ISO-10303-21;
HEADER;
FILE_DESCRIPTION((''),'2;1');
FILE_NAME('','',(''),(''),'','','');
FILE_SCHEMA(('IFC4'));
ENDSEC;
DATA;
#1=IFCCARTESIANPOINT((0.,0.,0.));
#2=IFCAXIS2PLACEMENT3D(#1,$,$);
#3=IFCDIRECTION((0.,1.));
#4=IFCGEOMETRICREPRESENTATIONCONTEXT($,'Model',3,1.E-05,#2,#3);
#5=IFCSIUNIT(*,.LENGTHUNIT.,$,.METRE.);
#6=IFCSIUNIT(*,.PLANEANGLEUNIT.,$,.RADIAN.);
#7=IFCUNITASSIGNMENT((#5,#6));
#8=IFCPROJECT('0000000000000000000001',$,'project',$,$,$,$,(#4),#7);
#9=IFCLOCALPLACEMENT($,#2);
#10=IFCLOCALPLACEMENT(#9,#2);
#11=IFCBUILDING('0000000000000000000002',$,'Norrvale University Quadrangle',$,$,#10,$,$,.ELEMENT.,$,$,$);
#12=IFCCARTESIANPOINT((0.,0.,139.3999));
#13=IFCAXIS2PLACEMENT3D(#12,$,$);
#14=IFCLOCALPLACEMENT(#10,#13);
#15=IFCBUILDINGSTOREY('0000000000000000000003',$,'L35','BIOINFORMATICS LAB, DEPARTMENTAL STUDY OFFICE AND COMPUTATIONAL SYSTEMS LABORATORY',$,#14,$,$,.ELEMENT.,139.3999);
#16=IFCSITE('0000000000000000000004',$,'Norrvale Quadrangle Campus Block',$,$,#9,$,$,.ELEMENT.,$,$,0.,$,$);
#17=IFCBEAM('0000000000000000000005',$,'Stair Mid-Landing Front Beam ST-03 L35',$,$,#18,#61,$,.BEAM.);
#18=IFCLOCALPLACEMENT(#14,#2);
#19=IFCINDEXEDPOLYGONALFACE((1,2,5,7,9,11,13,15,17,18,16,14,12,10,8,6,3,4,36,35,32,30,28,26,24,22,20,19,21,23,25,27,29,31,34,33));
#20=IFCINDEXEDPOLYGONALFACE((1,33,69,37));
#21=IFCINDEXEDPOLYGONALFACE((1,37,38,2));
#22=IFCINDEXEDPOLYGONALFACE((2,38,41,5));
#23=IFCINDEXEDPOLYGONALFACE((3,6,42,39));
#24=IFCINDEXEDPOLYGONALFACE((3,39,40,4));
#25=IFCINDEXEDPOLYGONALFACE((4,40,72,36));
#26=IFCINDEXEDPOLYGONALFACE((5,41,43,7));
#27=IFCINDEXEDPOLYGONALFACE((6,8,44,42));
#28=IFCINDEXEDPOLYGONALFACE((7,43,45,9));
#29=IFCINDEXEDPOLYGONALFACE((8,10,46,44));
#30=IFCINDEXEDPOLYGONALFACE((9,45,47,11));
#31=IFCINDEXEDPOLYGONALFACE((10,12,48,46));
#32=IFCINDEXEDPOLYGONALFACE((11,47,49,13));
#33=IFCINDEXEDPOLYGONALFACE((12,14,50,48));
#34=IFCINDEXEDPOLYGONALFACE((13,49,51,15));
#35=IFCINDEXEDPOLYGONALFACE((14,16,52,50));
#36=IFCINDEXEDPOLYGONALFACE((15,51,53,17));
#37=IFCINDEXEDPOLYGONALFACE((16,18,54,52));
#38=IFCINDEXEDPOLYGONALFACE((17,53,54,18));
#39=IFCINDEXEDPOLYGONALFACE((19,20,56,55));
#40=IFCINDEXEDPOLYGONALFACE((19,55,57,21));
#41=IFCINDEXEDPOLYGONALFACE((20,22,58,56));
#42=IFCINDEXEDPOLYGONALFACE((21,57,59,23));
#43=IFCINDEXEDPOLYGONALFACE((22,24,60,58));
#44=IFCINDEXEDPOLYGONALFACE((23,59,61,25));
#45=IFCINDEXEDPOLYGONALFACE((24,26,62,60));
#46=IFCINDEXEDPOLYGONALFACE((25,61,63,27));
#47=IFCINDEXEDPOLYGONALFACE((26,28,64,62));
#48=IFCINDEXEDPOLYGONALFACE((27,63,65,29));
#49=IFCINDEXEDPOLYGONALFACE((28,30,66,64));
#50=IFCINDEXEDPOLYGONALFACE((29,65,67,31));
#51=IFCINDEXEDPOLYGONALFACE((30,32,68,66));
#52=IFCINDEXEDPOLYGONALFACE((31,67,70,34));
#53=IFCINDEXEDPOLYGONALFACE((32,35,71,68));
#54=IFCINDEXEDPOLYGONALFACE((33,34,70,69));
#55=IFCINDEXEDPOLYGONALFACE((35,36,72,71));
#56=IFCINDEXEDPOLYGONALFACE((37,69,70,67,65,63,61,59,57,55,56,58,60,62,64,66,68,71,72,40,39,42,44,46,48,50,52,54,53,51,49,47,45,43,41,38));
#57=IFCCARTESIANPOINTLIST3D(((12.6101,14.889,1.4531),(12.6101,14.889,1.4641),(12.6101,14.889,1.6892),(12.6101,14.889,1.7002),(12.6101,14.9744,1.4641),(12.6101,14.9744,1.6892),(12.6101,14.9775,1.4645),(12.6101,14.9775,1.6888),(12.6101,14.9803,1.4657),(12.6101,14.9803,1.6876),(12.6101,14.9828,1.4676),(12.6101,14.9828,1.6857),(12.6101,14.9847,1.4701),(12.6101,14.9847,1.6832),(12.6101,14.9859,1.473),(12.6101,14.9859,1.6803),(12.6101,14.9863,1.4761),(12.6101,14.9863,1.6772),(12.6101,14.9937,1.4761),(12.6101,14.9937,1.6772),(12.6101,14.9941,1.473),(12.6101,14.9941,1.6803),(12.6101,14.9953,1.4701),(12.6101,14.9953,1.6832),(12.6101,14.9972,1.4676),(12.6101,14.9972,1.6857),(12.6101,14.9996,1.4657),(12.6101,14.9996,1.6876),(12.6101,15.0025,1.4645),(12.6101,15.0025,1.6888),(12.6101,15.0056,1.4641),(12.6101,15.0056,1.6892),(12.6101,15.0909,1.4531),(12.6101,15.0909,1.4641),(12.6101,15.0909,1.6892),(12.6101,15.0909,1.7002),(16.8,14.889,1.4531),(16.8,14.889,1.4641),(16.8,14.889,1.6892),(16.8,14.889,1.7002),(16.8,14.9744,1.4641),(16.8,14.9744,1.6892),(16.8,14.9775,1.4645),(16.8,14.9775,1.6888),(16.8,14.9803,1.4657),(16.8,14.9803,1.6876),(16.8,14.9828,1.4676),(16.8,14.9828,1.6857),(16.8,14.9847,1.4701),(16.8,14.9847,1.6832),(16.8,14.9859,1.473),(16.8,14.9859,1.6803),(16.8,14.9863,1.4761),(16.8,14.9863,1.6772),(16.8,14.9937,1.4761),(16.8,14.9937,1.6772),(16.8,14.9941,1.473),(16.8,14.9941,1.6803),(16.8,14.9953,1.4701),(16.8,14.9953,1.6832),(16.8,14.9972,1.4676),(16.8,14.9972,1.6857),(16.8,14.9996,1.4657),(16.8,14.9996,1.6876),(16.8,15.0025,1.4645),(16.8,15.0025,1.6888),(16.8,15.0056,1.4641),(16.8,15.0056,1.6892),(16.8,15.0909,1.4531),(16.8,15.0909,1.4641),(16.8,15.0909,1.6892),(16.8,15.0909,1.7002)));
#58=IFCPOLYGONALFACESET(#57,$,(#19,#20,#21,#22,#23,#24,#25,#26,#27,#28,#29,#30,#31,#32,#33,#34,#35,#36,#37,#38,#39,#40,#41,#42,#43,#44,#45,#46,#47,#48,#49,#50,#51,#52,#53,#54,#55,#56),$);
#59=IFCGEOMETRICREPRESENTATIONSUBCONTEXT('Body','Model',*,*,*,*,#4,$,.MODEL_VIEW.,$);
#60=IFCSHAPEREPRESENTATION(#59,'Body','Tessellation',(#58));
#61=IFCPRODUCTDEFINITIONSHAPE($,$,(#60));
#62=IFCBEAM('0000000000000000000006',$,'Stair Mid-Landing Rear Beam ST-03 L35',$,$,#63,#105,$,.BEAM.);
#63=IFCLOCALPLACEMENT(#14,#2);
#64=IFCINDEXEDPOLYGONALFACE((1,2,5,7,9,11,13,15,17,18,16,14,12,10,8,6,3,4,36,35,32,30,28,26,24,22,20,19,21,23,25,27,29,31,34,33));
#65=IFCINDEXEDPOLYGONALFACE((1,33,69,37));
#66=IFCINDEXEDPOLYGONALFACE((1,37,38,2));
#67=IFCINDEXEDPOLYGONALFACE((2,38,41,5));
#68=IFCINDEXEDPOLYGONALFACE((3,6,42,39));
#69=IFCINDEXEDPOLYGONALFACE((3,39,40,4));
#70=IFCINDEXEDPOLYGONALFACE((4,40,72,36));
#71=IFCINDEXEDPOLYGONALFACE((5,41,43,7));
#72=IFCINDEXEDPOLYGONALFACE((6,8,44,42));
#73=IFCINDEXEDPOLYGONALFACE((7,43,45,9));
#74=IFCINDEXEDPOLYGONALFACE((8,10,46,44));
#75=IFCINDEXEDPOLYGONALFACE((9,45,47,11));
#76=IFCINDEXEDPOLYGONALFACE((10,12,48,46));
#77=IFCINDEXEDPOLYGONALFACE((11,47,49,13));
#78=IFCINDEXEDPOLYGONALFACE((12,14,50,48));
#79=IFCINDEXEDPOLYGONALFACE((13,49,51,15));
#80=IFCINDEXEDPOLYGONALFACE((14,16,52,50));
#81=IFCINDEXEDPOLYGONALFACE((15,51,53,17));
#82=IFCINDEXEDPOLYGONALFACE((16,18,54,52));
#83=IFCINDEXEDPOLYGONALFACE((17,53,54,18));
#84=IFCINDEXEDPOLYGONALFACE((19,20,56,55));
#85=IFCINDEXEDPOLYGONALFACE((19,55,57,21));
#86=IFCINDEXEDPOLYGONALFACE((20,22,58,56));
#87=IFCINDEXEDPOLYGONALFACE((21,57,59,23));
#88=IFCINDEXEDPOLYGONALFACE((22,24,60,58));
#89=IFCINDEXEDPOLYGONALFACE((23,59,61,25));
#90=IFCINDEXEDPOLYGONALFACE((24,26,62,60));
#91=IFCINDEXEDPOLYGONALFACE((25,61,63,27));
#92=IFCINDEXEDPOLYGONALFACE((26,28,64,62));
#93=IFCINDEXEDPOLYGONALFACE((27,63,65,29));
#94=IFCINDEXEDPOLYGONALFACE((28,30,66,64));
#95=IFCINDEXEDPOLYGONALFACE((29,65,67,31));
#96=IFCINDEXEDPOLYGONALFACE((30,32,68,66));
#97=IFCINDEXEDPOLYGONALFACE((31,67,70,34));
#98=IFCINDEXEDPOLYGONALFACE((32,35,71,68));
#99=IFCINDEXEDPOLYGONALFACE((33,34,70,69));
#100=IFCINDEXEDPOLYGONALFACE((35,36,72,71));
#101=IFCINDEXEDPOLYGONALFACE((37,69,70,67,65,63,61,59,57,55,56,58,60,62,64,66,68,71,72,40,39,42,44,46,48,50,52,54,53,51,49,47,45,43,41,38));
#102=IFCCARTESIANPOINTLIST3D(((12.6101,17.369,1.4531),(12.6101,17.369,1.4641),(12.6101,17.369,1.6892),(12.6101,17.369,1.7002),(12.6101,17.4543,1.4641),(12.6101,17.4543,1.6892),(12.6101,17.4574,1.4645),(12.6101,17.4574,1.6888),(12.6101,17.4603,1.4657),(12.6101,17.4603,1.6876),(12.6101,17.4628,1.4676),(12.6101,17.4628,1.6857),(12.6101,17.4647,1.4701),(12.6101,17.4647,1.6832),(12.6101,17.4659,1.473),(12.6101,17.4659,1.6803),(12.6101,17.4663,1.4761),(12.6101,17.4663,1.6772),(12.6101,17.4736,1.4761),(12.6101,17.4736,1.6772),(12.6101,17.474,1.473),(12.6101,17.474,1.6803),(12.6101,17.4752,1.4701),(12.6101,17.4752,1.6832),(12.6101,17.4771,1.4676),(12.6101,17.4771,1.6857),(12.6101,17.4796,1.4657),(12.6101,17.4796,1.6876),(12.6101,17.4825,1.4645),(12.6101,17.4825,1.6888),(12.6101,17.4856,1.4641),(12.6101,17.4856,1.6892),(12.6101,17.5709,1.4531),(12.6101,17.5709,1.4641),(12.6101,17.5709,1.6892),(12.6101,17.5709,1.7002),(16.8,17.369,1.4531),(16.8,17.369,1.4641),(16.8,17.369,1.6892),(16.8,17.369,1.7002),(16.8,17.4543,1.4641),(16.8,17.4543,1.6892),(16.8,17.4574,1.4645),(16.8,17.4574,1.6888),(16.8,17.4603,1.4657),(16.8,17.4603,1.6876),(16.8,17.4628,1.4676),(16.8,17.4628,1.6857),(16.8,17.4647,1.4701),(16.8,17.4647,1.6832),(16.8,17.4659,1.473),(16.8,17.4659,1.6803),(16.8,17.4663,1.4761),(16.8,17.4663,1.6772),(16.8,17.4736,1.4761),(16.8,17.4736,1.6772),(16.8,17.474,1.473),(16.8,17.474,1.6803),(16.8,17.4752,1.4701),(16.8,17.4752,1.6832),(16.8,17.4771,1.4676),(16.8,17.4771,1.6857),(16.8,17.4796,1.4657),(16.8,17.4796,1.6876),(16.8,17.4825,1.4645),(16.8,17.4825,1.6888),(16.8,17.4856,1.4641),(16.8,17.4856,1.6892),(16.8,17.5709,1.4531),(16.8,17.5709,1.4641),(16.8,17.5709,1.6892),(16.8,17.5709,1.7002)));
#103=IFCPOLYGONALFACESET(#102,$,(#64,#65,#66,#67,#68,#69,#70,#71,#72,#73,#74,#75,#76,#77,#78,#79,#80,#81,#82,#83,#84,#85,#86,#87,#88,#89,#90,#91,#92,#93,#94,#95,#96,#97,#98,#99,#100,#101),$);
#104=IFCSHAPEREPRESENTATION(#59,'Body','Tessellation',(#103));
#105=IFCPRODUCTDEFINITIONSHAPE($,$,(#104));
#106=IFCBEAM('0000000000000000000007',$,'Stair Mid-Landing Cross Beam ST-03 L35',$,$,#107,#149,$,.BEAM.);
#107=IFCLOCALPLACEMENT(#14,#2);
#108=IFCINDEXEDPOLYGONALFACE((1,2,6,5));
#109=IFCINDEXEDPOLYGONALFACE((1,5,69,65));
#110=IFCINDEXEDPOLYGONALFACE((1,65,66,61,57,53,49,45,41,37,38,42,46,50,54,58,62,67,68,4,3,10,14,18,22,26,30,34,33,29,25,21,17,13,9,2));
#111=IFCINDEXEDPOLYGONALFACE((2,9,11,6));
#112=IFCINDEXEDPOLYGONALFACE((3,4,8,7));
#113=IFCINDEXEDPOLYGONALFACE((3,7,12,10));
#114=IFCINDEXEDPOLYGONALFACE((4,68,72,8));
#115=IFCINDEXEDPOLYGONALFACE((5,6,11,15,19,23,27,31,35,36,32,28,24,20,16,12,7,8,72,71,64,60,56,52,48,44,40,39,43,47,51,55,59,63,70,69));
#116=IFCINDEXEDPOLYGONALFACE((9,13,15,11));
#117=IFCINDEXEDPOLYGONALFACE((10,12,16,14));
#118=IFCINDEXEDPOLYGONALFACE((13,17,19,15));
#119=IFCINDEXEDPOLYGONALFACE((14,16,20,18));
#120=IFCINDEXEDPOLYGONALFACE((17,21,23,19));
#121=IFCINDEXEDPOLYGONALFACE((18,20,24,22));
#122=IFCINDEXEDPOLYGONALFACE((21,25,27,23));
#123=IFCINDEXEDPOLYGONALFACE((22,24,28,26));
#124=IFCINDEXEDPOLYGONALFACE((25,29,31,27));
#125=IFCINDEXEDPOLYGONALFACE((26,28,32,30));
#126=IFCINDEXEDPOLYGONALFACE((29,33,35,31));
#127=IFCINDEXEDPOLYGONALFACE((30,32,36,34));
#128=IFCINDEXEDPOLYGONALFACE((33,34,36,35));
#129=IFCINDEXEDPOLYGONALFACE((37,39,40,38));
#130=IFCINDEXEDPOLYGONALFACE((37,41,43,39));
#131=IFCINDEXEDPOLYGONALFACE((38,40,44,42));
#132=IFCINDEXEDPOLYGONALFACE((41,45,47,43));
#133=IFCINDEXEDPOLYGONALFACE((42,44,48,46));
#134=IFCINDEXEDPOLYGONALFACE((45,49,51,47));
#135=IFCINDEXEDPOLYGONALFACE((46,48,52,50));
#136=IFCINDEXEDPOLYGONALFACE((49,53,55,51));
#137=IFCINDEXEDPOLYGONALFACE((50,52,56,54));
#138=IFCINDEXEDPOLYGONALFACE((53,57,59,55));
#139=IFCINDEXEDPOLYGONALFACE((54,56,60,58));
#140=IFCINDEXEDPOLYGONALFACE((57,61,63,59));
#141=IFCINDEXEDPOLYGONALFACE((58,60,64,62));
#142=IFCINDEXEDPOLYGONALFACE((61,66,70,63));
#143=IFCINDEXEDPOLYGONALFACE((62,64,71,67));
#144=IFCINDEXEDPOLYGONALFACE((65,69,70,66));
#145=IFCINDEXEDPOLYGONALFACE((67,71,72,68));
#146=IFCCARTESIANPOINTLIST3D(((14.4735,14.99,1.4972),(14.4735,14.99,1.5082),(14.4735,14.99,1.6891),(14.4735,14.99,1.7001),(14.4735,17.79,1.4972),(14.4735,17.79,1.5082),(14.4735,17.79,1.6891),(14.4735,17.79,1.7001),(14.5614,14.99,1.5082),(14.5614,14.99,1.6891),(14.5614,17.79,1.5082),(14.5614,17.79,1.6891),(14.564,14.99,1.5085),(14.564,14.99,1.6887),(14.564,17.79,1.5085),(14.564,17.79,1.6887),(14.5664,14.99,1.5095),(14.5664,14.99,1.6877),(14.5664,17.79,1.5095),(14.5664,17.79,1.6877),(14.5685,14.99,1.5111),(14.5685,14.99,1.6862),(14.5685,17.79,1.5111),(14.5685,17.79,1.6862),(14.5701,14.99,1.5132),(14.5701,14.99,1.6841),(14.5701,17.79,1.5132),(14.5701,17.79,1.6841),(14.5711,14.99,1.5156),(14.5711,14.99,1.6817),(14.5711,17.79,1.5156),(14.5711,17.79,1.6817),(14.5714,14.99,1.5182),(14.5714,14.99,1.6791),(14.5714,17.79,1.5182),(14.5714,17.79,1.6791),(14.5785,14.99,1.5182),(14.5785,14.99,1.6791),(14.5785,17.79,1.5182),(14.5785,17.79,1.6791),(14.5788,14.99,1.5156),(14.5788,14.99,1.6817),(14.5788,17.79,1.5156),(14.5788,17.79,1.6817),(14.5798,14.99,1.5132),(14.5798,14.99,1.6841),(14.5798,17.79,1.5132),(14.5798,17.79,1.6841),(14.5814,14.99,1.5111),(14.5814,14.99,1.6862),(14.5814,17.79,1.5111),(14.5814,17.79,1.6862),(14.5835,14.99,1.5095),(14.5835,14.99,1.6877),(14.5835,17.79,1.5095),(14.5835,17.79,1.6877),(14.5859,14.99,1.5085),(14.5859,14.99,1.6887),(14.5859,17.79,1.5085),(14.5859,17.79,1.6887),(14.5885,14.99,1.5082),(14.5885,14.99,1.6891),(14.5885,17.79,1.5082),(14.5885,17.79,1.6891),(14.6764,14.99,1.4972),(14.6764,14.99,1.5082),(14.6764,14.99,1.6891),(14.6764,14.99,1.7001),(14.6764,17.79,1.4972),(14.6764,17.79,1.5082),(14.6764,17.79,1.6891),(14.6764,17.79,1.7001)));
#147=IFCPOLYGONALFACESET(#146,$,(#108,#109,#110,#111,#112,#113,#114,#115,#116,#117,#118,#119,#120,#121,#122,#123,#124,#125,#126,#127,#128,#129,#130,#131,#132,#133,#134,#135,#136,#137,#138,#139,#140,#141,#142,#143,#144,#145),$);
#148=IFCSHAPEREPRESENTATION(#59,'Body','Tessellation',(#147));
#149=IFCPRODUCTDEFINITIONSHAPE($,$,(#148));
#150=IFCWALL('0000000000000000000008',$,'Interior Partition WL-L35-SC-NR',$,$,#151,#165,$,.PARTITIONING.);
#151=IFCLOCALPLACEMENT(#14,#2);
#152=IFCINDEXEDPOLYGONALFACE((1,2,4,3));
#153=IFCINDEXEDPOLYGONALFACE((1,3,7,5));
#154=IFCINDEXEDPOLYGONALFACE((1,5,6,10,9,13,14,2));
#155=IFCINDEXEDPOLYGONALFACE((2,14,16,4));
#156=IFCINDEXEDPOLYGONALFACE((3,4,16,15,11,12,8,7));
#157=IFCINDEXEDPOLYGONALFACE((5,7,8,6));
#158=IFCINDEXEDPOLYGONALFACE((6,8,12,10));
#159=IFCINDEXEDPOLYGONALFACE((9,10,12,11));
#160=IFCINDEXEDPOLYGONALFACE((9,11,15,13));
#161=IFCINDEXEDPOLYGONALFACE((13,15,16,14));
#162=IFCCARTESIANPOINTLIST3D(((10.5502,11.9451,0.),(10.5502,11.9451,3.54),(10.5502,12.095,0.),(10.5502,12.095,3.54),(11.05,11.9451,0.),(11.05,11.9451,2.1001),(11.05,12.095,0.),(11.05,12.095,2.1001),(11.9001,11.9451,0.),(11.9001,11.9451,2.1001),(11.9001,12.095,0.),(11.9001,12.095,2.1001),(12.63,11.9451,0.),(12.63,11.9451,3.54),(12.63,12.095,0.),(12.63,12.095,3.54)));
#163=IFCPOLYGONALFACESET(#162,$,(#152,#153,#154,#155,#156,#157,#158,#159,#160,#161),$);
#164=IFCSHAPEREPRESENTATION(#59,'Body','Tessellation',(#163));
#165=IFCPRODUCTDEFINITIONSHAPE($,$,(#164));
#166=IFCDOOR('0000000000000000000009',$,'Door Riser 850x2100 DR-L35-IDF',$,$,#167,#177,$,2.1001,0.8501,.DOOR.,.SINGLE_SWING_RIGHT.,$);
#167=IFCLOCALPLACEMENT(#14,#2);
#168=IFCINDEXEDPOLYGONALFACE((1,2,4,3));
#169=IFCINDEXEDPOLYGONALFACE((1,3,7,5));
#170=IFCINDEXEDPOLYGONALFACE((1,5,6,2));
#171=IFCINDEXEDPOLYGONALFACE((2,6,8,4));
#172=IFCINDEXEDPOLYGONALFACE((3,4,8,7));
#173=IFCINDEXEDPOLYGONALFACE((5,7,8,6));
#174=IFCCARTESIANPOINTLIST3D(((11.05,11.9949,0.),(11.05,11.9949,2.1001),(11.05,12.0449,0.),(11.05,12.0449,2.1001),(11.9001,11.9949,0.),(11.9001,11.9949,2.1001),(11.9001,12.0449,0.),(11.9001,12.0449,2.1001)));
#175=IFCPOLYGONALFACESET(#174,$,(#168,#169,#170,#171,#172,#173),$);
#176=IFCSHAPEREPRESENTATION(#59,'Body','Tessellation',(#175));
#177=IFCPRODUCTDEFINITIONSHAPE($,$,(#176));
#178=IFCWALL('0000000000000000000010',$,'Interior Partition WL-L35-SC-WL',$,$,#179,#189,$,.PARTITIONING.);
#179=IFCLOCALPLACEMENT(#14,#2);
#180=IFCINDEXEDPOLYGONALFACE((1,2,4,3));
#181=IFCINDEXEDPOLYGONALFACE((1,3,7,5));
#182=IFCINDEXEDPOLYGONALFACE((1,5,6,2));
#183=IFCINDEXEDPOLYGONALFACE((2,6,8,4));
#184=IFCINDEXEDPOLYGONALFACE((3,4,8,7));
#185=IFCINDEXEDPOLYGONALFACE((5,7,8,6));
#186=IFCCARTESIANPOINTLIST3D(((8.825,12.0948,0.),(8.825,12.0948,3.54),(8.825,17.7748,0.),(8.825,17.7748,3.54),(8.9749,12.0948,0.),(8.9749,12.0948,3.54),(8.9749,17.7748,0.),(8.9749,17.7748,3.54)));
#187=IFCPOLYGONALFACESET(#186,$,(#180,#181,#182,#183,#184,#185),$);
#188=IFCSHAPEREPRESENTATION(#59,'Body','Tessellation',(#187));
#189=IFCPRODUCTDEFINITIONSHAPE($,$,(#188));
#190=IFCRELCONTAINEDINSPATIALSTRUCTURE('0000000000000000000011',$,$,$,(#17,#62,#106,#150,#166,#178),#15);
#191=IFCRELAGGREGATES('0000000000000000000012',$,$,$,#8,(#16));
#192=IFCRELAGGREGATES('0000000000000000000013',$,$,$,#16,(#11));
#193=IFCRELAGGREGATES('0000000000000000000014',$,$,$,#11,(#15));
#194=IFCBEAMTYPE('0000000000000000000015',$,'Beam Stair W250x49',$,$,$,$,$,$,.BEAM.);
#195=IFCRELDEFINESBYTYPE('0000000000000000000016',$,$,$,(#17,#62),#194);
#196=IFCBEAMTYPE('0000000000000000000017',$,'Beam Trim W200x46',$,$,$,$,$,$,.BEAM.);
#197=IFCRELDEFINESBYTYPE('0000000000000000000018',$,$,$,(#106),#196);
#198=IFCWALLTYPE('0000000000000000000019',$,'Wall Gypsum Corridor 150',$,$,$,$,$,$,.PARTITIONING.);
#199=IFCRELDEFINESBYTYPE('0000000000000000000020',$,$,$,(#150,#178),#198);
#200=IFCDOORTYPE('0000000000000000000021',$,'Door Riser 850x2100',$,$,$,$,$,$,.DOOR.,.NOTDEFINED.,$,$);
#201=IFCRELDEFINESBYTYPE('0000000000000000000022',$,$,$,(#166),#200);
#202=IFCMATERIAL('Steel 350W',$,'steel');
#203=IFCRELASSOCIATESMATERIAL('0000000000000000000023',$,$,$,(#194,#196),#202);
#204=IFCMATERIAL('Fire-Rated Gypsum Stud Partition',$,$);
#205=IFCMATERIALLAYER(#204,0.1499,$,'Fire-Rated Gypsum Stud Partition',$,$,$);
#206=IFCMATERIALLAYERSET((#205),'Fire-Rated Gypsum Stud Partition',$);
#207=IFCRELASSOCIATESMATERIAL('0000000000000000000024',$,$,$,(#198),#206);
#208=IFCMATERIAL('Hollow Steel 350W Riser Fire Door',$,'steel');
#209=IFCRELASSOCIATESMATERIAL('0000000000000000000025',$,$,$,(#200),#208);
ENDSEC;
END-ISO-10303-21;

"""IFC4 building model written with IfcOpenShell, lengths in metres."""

from ifc_helpers import new_model, si_unit, direction, frame, frame_2d, origin, origin_2d, place, context, subcontext, project, spatial, rectangle, i_section, extrude, material, layer, layer_set, material_profile, profile_set, type_object, element, fill, save


model = new_model("IFC4")

# Units and contexts
model_context = context("Model", 3, precision=1e-05, world=origin(), true_north=direction((0.0, 1.0)))
body_context = subcontext(model_context, "Body", "Model", "MODEL_VIEW")
ifc_project = project(units=[si_unit("LENGTHUNIT", "METRE"), si_unit("PLANEANGLEUNIT", "RADIAN")], contexts=[model_context])

# Site, building, storey
site_placement = place(None, origin())
site = spatial("IfcSite", under=ifc_project, at=site_placement, Name="Norrvale Quadrangle Campus Block", CompositionType="ELEMENT", RefElevation=0.0)
building_placement = place(site_placement, origin())
building = spatial("IfcBuilding", under=site, at=building_placement, Name="Norrvale University Quadrangle", CompositionType="ELEMENT")
storey_placement = place(building_placement, frame((0.0, 0.0, 139.3999)))
storey = spatial("IfcBuildingStorey", under=building, at=storey_placement, Name="L35", Description="BIOINFORMATICS LAB, DEPARTMENTAL STUDY OFFICE AND COMPUTATIONAL SYSTEMS LABORATORY", CompositionType="ELEMENT", Elevation=139.3999)

# Beams
ifc_material_1 = material(Name="Steel 350W", Category="steel")
ifc_material_profile_1 = material_profile(ifc_material_1, i_section(OverallWidth=0.2019, OverallDepth=0.2471, WebThickness=0.0073, FlangeThickness=0.011, FilletRadius=0.012, at=origin_2d()), Name="Steel 350W")
ifc_profile_set_1 = profile_set([ifc_material_profile_1], Name="Steel 350W")
beam_type_1 = type_object("IfcBeamType", Name="Beam Stair W250x49", PredefinedType="BEAM", material=ifc_profile_set_1)
for number, where, z_axis, x_axis, name in (
    (1, (12.6101, 14.99, 1.5767), (1.0, 0.0, 0.0), (0.0, 1.0, 0.0), "Stair Mid-Landing Front Beam ST-03 L35"),
    (2, (12.6101, 17.47, 1.5767), (1.0, 0.0, 0.0), (0.0, 1.0, 0.0), "Stair Mid-Landing Rear Beam ST-03 L35"),
):
    element("IfcBeam", number, at=place(storey_placement, frame(where, z_axis=z_axis, x_axis=x_axis)), inside=storey, type_object=beam_type_1, Name=name, PredefinedType="BEAM", context=body_context, shape_type="SweptSolid", body=[
        extrude(i_section(OverallWidth=0.2019, OverallDepth=0.2471, WebThickness=0.0073, FlangeThickness=0.011, FilletRadius=0.012, at=origin_2d()), origin(), (0.0, 0.0, 1.0), 4.1899),
    ])
ifc_material_profile_2 = material_profile(ifc_material_1, i_section(OverallWidth=0.2029, OverallDepth=0.2029, WebThickness=0.0071, FlangeThickness=0.011, FilletRadius=0.01, at=origin_2d()), Name="Steel 350W")
ifc_profile_set_2 = profile_set([ifc_material_profile_2], Name="Steel 350W")
beam_type_2 = type_object("IfcBeamType", Name="Beam Trim W200x46", PredefinedType="BEAM", material=ifc_profile_set_2)
beam_placement = place(storey_placement, frame((14.575, 14.99, 1.5986), z_axis=(0.0, 1.0, 0.0), x_axis=(-1.0, 0.0, 0.0)))
element("IfcBeam", 3, at=beam_placement, inside=storey, type_object=beam_type_2, Name="Stair Mid-Landing Cross Beam ST-03 L35", PredefinedType="BEAM", context=body_context, shape_type="SweptSolid", body=[
    extrude(i_section(OverallWidth=0.2029, OverallDepth=0.2029, WebThickness=0.0071, FlangeThickness=0.011, FilletRadius=0.01, at=origin_2d()), origin(), (0.0, 0.0, 1.0), 2.8),
])

# Wall, opening, door
ifc_material_2 = material(Name="Fire-Rated Gypsum Stud Partition")
ifc_layer_1 = layer(ifc_material_2, 0.1499, Name="Fire-Rated Gypsum Stud Partition")
ifc_layer_set_1 = layer_set([ifc_layer_1], Name="Fire-Rated Gypsum Stud Partition")
wall_type_1 = type_object("IfcWallType", Name="Wall Gypsum Corridor 150", PredefinedType="PARTITIONING", material=ifc_layer_set_1)
wall_1_placement = place(storey_placement, frame((10.55, 12.02, 0.0), z_axis=(0.0, 0.0, 1.0), x_axis=(1.0, 0.0, 0.0)))
wall_1 = element("IfcWall", 4, at=wall_1_placement, inside=storey, type_object=wall_type_1, Name="Interior Partition WL-L35-SC-NR", PredefinedType="PARTITIONING", context=body_context, shape_type="SweptSolid", body=[
    extrude(rectangle(XDim=2.0798, YDim=0.1499, at=frame_2d((1.04, 0.0))), origin(), (0.0, 0.0, 1.0), 3.54),
])
opening_1_placement = place(wall_1_placement, frame((0.5, 0.0, 0.0)))
opening_1 = element("IfcOpeningElement", 5, at=opening_1_placement, cuts=wall_1, PredefinedType="OPENING", context=body_context, shape_type="SweptSolid", body=[
    extrude(rectangle(XDim=0.8501, YDim=2.1001, at=frame_2d((0.425, 1.05))), frame((0.0, 0.0869, 0.0), z_axis=(0.0, -1.0, 0.0), x_axis=(1.0, 0.0, 0.0)), (0.0, 0.0, 1.0), 0.1738),
])
ifc_material_3 = material(Name="Hollow Steel 350W Riser Fire Door", Category="steel")
door_type_1 = type_object("IfcDoorType", Name="Door Riser 850x2100", OperationType="NOTDEFINED", PredefinedType="DOOR", material=ifc_material_3)
door_1_placement = place(opening_1_placement, origin())
door_1 = element("IfcDoor", 6, at=door_1_placement, inside=storey, type_object=door_type_1, Name="Door Riser 850x2100 DR-L35-IDF", OperationType="SINGLE_SWING_RIGHT", OverallHeight=2.1001, OverallWidth=0.8501, PredefinedType="DOOR", context=body_context, shape_type="SweptSolid", body=[
    extrude(rectangle(XDim=0.8501, YDim=2.1001, at=frame_2d((0.425, 1.05))), frame((0.0, 0.0249, 0.0), z_axis=(0.0, -1.0, 0.0), x_axis=(1.0, 0.0, 0.0)), (0.0, 0.0, 1.0), 0.05),
])
fill(opening_1, door_1)

# Wall
for number, where, z_axis, x_axis, name in (
    (7, (8.8999, 12.095, 0.0), (0.0, 0.0, 1.0), (0.0, 1.0, 0.0), "Interior Partition WL-L35-SC-WL"),
):
    element("IfcWall", number, at=place(storey_placement, frame(where, z_axis=z_axis, x_axis=x_axis)), inside=storey, type_object=wall_type_1, Name=name, PredefinedType="PARTITIONING", context=body_context, shape_type="SweptSolid", body=[
        extrude(rectangle(XDim=5.6799, YDim=0.1499, at=frame_2d((2.8398, 0.0))), origin(), (0.0, 0.0, 1.0), 3.54),
    ])

save(model, "model.ifc")
